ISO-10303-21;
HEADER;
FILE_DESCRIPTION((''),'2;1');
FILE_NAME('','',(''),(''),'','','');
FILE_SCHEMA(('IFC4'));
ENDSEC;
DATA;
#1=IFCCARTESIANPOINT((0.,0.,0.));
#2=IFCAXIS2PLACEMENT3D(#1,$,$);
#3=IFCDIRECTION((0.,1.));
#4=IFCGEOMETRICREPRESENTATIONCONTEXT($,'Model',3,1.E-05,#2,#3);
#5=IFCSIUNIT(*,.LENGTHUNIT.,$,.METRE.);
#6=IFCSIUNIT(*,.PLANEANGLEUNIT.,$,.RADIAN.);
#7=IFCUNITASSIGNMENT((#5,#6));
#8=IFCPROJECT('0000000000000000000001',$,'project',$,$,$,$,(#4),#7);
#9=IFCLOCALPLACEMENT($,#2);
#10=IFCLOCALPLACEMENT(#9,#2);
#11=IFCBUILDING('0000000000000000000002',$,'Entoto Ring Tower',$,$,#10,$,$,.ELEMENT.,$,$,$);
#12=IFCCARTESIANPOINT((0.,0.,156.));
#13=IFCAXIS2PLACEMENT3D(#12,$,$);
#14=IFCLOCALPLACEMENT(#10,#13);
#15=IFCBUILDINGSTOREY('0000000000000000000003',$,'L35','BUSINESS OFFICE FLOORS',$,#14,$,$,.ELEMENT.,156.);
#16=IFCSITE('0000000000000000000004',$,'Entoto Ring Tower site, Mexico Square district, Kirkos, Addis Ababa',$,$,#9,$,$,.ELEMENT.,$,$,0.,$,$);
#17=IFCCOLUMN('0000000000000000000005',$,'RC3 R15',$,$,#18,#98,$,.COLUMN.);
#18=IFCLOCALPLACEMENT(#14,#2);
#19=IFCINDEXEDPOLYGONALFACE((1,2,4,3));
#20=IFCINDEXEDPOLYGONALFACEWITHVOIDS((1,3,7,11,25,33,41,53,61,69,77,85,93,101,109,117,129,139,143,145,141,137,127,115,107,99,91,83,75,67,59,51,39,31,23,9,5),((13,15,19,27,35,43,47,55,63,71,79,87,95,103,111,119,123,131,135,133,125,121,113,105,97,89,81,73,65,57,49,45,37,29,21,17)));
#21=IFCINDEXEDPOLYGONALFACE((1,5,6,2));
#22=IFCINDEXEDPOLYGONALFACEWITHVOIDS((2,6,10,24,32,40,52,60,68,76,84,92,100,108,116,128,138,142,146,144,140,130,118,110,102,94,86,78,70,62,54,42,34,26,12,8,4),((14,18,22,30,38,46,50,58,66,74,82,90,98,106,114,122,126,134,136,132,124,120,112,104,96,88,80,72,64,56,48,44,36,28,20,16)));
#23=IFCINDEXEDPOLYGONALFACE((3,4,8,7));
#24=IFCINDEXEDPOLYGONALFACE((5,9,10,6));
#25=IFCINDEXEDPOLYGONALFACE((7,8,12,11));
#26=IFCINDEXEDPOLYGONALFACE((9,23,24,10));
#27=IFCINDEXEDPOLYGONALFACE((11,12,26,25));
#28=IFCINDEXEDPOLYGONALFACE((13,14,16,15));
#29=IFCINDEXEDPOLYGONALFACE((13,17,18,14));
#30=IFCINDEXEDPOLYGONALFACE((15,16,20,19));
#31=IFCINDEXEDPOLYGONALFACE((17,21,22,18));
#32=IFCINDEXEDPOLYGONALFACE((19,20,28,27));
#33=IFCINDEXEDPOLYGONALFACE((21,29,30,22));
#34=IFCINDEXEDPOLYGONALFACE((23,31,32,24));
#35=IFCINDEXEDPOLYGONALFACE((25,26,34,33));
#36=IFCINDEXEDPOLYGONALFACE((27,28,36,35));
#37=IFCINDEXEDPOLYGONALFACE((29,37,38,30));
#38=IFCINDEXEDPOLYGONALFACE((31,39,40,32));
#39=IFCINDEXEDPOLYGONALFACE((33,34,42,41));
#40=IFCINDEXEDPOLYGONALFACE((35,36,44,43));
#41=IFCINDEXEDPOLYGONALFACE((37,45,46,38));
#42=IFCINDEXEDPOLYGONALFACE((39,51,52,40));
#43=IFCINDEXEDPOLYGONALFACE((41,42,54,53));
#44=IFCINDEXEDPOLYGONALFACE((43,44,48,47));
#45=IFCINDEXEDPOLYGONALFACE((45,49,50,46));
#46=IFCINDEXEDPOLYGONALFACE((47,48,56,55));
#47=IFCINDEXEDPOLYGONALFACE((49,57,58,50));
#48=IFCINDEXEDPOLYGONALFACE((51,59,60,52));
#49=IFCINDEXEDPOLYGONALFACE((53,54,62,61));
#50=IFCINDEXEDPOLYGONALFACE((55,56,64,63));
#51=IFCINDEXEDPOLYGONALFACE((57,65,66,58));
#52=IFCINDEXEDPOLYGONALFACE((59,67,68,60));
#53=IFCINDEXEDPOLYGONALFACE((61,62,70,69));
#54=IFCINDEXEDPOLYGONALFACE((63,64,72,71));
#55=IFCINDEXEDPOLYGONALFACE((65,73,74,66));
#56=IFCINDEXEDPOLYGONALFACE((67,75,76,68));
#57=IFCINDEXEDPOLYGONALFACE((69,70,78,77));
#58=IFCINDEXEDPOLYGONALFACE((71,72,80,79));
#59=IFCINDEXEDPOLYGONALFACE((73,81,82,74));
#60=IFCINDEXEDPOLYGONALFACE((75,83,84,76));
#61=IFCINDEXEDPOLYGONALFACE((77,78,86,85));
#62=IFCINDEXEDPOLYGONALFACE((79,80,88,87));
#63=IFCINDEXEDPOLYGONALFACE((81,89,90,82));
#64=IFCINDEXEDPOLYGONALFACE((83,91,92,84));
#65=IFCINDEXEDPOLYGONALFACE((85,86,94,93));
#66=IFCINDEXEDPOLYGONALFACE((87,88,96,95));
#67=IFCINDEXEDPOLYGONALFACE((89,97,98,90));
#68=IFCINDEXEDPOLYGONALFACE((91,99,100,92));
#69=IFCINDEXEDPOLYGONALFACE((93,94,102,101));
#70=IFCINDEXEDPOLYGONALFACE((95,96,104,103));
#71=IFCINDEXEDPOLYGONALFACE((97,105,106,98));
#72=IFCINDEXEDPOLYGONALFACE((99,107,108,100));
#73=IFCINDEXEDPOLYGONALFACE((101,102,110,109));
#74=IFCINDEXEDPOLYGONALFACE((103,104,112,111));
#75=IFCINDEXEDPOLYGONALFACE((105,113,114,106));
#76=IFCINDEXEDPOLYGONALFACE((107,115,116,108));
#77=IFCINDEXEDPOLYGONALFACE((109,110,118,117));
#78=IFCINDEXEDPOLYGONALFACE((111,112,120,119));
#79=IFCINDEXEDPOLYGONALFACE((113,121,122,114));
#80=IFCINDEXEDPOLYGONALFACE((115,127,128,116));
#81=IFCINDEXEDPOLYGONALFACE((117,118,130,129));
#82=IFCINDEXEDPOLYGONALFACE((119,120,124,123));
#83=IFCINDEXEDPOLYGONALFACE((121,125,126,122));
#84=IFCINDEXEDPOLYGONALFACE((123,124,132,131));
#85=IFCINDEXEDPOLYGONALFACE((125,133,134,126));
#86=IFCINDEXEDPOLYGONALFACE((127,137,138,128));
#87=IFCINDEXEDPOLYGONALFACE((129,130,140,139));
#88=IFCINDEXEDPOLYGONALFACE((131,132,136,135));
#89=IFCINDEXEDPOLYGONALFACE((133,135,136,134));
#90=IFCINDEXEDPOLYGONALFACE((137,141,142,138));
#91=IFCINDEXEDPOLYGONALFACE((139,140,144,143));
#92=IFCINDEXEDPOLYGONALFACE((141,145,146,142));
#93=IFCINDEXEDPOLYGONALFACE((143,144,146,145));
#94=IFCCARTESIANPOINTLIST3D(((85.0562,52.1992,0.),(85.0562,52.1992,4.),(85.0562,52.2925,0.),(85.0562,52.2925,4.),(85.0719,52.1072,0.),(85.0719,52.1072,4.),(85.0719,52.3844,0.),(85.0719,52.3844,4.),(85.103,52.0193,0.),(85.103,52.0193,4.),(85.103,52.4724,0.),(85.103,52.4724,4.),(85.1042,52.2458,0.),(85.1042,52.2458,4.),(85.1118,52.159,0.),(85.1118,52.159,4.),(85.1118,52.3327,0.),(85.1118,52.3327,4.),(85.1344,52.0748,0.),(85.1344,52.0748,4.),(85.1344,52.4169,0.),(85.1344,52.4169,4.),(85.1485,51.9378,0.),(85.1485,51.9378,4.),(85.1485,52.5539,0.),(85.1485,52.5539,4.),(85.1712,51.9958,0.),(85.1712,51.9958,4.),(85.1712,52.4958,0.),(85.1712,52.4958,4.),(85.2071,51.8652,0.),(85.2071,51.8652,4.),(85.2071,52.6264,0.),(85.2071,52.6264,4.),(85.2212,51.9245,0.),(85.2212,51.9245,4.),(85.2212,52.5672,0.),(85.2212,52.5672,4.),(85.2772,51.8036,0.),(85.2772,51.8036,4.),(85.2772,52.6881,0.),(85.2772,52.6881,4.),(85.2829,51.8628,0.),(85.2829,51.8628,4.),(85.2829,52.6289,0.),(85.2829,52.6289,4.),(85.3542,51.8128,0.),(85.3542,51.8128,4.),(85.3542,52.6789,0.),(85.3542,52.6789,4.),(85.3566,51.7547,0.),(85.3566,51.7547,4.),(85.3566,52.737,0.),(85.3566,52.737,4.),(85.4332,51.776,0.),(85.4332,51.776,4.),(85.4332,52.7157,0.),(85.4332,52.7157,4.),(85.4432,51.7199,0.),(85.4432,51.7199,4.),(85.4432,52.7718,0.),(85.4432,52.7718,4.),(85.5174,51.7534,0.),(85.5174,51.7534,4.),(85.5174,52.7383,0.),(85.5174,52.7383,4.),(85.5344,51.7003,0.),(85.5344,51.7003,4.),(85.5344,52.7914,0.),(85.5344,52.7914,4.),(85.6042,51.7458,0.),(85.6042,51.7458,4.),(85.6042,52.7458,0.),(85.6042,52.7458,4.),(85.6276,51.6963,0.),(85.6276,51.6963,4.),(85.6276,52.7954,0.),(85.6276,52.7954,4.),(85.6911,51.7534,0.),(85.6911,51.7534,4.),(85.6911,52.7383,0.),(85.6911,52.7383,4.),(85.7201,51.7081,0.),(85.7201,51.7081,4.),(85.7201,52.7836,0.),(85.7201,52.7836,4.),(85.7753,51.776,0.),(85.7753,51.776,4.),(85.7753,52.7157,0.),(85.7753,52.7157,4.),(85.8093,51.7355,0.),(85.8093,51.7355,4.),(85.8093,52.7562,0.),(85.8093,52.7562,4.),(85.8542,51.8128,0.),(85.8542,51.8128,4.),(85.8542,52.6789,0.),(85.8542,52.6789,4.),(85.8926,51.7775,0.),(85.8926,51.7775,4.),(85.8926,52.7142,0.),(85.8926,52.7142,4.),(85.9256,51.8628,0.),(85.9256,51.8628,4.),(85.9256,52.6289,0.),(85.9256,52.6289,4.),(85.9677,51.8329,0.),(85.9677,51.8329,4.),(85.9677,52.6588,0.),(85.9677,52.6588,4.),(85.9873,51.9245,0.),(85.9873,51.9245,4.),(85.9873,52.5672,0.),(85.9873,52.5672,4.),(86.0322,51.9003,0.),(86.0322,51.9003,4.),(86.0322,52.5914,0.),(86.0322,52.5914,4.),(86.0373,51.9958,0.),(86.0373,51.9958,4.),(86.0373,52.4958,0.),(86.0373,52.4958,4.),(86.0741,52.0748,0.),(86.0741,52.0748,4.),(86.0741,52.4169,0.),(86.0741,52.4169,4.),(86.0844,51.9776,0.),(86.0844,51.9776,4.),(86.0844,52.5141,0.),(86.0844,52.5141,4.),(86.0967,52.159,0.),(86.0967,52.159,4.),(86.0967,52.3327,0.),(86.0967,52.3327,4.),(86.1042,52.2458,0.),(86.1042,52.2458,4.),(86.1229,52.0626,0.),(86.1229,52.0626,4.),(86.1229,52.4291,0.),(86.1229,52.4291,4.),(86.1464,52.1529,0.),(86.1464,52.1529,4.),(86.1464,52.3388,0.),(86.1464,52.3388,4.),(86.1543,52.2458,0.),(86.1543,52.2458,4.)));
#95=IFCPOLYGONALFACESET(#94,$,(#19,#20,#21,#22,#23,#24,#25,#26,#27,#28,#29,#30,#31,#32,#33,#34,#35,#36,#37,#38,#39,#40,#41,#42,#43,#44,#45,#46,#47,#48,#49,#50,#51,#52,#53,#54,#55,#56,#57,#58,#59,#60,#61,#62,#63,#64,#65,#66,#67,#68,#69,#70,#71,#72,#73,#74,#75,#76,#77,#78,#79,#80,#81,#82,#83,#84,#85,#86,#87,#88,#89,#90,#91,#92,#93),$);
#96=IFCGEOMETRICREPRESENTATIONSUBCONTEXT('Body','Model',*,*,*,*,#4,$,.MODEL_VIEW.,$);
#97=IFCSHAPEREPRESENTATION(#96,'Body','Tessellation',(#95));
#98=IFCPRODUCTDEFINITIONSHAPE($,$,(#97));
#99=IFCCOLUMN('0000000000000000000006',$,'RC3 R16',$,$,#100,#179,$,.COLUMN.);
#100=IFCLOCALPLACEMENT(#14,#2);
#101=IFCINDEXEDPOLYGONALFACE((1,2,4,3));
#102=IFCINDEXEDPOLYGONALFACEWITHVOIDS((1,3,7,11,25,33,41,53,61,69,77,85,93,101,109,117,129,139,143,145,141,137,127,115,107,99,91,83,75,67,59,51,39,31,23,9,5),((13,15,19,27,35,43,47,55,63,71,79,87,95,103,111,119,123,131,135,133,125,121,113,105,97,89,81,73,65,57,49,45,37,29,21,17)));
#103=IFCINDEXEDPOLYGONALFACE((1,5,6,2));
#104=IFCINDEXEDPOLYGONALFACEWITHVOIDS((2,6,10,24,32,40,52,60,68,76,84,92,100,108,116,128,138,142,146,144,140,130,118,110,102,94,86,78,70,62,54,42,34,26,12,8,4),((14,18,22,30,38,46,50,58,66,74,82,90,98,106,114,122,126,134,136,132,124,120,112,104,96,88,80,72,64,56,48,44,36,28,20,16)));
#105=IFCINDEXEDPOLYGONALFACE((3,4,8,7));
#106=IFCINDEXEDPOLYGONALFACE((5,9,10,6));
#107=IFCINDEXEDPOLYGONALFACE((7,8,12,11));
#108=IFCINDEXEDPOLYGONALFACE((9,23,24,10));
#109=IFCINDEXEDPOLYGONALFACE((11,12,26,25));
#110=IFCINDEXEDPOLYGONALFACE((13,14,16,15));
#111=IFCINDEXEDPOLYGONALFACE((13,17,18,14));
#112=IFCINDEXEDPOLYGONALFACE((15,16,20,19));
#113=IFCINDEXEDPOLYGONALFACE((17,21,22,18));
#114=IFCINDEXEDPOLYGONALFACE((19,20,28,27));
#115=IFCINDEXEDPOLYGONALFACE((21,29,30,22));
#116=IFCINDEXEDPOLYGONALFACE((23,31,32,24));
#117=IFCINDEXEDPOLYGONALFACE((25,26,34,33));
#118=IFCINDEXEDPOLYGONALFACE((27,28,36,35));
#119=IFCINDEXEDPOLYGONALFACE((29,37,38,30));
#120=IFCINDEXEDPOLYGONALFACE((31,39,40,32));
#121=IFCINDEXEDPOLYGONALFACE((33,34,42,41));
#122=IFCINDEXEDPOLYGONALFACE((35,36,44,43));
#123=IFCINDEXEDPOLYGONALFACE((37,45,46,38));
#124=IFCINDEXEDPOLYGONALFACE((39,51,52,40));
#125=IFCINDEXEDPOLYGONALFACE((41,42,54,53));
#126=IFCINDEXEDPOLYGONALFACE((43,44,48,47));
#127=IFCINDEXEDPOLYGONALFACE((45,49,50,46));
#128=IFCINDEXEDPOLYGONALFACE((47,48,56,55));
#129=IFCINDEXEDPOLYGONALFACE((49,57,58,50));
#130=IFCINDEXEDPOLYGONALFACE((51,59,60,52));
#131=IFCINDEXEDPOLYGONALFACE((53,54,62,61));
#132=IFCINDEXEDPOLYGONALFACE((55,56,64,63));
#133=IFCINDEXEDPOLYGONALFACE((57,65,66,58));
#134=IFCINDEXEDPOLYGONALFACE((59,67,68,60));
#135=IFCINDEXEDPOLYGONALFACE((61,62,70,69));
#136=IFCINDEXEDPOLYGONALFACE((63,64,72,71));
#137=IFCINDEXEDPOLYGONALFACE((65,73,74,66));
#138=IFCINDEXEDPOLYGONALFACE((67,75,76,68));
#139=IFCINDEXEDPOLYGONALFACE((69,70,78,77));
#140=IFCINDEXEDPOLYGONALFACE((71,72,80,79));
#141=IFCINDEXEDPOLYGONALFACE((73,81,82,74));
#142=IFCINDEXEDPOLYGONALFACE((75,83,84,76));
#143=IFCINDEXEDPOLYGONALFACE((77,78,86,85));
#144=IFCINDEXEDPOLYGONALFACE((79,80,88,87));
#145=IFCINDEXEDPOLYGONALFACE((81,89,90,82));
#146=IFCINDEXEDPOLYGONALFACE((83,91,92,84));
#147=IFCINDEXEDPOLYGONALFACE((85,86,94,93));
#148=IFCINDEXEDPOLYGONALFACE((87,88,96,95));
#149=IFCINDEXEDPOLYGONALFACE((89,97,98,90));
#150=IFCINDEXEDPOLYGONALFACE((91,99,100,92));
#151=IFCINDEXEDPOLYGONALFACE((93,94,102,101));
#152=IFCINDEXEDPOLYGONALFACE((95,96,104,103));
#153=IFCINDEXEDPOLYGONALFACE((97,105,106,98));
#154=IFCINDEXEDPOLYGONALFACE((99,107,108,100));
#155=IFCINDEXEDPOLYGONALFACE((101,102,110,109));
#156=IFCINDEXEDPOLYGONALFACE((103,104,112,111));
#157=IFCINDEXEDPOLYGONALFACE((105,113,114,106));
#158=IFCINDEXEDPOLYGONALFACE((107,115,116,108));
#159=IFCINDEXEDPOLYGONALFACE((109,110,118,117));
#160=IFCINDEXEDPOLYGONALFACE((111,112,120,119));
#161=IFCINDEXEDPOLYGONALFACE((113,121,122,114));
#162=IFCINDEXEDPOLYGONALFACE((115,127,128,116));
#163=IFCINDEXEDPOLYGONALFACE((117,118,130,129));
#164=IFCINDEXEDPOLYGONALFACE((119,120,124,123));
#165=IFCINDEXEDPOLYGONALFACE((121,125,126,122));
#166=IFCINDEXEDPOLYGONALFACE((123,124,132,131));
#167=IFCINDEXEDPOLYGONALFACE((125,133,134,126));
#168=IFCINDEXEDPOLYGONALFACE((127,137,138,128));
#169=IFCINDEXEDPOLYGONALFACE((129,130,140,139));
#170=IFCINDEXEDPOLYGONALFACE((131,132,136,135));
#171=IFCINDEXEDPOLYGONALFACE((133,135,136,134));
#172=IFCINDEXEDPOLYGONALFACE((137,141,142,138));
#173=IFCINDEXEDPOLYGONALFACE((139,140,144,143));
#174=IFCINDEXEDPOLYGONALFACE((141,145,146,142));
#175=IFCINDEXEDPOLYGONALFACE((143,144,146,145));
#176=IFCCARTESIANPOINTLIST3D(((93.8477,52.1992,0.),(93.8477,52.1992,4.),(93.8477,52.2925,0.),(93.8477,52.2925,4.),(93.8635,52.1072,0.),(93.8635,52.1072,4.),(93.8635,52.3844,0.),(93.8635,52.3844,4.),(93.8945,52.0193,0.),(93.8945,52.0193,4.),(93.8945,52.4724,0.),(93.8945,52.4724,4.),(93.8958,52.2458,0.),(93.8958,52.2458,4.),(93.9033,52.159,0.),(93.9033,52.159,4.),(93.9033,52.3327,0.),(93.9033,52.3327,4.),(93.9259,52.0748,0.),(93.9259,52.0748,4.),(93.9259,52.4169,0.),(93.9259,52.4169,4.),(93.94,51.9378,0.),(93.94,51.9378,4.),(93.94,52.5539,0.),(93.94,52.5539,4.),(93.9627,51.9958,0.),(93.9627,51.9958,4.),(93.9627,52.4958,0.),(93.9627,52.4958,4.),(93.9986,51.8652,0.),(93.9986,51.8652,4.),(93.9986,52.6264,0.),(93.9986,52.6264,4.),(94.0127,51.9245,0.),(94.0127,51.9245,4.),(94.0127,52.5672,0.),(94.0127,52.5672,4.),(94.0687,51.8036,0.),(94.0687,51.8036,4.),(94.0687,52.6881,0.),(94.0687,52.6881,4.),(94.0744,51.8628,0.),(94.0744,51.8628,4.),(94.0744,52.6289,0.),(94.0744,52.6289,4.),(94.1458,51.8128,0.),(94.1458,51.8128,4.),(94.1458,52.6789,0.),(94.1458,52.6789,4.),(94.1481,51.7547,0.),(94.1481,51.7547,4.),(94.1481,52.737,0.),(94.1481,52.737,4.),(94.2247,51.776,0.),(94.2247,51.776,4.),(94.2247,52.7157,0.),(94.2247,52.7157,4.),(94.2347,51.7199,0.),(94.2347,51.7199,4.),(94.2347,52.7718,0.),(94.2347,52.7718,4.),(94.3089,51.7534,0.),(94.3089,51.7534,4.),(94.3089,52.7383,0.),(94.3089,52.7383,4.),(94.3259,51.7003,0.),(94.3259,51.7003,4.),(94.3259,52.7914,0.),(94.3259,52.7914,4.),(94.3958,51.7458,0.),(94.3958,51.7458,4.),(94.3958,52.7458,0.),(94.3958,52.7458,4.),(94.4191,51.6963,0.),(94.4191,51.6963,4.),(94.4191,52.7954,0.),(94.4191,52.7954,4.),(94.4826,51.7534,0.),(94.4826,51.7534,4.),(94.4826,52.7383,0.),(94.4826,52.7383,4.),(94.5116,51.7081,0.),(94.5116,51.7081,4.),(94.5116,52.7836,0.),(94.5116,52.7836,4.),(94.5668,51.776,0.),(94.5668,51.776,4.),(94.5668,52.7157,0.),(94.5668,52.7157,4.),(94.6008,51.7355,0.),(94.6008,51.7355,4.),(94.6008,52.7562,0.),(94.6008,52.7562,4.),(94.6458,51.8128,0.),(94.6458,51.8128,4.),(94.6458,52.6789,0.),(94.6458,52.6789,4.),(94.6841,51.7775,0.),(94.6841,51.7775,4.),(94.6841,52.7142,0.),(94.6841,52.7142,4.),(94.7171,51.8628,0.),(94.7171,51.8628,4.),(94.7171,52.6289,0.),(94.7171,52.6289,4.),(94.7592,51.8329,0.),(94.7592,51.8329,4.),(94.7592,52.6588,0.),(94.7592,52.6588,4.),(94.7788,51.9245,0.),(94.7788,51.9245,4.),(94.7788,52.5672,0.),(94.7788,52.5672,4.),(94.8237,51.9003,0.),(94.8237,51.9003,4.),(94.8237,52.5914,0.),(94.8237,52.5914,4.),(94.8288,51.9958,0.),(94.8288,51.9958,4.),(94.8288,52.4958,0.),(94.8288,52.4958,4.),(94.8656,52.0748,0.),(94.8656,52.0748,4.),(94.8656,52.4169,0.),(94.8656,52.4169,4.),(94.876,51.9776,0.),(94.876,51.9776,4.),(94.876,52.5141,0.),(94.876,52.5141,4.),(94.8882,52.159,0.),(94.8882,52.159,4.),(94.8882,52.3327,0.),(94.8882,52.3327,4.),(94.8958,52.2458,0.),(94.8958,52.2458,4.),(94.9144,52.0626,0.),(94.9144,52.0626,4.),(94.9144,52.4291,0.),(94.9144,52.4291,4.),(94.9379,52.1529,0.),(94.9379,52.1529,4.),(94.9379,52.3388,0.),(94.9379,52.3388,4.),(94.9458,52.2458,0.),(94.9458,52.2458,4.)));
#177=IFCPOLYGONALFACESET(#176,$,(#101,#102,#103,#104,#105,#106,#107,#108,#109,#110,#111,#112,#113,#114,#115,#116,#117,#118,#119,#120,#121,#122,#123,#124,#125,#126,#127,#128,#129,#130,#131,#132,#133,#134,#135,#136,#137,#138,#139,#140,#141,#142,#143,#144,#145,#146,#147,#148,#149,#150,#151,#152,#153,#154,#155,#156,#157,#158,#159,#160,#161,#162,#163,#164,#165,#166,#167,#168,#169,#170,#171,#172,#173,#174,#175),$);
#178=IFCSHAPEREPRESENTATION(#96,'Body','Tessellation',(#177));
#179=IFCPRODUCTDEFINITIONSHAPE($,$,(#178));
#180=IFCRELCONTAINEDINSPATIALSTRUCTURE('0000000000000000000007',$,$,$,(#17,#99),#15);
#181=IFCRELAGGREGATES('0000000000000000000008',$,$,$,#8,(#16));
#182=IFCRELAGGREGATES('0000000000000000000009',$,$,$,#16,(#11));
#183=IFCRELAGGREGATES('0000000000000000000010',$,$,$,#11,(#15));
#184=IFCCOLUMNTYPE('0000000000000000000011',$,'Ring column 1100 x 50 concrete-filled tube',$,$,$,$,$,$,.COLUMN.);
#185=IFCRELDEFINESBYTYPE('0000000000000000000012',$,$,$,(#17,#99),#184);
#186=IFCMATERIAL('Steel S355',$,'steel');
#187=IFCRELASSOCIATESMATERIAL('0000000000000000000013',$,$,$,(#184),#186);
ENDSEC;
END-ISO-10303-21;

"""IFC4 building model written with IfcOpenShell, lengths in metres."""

from ifc_helpers import new_model, si_unit, direction, frame, origin, origin_2d, place, context, subcontext, project, spatial, circle, hollow_circle, extrude, material, material_profile, profile_set, type_object, element, save


model = new_model("IFC4")

# Units and contexts
model_context = context("Model", 3, precision=1e-05, world=origin(), true_north=direction((0.0, 1.0)))
body_context = subcontext(model_context, "Body", "Model", "MODEL_VIEW")
ifc_project = project(units=[si_unit("LENGTHUNIT", "METRE"), si_unit("PLANEANGLEUNIT", "RADIAN")], contexts=[model_context])

# Site, building, storey
site_placement = place(None, origin())
site = spatial("IfcSite", under=ifc_project, at=site_placement, Name="Entoto Ring Tower site, Mexico Square district, Kirkos, Addis Ababa", CompositionType="ELEMENT", RefElevation=0.0)
building_placement = place(site_placement, origin())
building = spatial("IfcBuilding", under=site, at=building_placement, Name="Entoto Ring Tower", CompositionType="ELEMENT")
storey_placement = place(building_placement, frame((0.0, 0.0, 156.0)))
storey = spatial("IfcBuildingStorey", under=building, at=storey_placement, Name="L35", Description="BUSINESS OFFICE FLOORS", CompositionType="ELEMENT", Elevation=156.0)

# Columns
ifc_material_1 = material(Name="Steel S355", Category="steel")
ifc_material_profile_1 = material_profile(ifc_material_1, hollow_circle(Radius=0.55, WallThickness=0.05, at=origin_2d()), Name="CHS 1100 x 50")
ifc_material_2 = material(Name="Concrete C60/75", Category="concrete")
ifc_material_profile_2 = material_profile(ifc_material_2, circle(Radius=0.5, at=origin_2d()), Name="Concrete C60/75 infill")
ifc_profile_set_1 = profile_set([ifc_material_profile_1, ifc_material_profile_2], Name="Steel S355")
column_type = type_object("IfcColumnType", Name="Ring column 1100 x 50 concrete-filled tube", PredefinedType="COLUMN", material=ifc_profile_set_1)
for number, where, z_axis, x_axis, name in (
    (1, (85.6042, 52.2458, 0.0), (0.0, 0.0, 1.0), (1.0, 0.0, 0.0), "RC3 R15"),
    (2, (94.3958, 52.2458, 0.0), (0.0, 0.0, 1.0), (1.0, 0.0, 0.0), "RC3 R16"),
):
    element("IfcColumn", number, at=place(storey_placement, frame(where, z_axis=z_axis, x_axis=x_axis)), inside=storey, type_object=column_type, Name=name, PredefinedType="COLUMN", context=body_context, shape_type="SweptSolid", body=[
        extrude(hollow_circle(Radius=0.55, WallThickness=0.05, at=origin_2d()), origin(), (0.0, 0.0, 1.0), 4.0),
    ])

save(model, "model.ifc")
